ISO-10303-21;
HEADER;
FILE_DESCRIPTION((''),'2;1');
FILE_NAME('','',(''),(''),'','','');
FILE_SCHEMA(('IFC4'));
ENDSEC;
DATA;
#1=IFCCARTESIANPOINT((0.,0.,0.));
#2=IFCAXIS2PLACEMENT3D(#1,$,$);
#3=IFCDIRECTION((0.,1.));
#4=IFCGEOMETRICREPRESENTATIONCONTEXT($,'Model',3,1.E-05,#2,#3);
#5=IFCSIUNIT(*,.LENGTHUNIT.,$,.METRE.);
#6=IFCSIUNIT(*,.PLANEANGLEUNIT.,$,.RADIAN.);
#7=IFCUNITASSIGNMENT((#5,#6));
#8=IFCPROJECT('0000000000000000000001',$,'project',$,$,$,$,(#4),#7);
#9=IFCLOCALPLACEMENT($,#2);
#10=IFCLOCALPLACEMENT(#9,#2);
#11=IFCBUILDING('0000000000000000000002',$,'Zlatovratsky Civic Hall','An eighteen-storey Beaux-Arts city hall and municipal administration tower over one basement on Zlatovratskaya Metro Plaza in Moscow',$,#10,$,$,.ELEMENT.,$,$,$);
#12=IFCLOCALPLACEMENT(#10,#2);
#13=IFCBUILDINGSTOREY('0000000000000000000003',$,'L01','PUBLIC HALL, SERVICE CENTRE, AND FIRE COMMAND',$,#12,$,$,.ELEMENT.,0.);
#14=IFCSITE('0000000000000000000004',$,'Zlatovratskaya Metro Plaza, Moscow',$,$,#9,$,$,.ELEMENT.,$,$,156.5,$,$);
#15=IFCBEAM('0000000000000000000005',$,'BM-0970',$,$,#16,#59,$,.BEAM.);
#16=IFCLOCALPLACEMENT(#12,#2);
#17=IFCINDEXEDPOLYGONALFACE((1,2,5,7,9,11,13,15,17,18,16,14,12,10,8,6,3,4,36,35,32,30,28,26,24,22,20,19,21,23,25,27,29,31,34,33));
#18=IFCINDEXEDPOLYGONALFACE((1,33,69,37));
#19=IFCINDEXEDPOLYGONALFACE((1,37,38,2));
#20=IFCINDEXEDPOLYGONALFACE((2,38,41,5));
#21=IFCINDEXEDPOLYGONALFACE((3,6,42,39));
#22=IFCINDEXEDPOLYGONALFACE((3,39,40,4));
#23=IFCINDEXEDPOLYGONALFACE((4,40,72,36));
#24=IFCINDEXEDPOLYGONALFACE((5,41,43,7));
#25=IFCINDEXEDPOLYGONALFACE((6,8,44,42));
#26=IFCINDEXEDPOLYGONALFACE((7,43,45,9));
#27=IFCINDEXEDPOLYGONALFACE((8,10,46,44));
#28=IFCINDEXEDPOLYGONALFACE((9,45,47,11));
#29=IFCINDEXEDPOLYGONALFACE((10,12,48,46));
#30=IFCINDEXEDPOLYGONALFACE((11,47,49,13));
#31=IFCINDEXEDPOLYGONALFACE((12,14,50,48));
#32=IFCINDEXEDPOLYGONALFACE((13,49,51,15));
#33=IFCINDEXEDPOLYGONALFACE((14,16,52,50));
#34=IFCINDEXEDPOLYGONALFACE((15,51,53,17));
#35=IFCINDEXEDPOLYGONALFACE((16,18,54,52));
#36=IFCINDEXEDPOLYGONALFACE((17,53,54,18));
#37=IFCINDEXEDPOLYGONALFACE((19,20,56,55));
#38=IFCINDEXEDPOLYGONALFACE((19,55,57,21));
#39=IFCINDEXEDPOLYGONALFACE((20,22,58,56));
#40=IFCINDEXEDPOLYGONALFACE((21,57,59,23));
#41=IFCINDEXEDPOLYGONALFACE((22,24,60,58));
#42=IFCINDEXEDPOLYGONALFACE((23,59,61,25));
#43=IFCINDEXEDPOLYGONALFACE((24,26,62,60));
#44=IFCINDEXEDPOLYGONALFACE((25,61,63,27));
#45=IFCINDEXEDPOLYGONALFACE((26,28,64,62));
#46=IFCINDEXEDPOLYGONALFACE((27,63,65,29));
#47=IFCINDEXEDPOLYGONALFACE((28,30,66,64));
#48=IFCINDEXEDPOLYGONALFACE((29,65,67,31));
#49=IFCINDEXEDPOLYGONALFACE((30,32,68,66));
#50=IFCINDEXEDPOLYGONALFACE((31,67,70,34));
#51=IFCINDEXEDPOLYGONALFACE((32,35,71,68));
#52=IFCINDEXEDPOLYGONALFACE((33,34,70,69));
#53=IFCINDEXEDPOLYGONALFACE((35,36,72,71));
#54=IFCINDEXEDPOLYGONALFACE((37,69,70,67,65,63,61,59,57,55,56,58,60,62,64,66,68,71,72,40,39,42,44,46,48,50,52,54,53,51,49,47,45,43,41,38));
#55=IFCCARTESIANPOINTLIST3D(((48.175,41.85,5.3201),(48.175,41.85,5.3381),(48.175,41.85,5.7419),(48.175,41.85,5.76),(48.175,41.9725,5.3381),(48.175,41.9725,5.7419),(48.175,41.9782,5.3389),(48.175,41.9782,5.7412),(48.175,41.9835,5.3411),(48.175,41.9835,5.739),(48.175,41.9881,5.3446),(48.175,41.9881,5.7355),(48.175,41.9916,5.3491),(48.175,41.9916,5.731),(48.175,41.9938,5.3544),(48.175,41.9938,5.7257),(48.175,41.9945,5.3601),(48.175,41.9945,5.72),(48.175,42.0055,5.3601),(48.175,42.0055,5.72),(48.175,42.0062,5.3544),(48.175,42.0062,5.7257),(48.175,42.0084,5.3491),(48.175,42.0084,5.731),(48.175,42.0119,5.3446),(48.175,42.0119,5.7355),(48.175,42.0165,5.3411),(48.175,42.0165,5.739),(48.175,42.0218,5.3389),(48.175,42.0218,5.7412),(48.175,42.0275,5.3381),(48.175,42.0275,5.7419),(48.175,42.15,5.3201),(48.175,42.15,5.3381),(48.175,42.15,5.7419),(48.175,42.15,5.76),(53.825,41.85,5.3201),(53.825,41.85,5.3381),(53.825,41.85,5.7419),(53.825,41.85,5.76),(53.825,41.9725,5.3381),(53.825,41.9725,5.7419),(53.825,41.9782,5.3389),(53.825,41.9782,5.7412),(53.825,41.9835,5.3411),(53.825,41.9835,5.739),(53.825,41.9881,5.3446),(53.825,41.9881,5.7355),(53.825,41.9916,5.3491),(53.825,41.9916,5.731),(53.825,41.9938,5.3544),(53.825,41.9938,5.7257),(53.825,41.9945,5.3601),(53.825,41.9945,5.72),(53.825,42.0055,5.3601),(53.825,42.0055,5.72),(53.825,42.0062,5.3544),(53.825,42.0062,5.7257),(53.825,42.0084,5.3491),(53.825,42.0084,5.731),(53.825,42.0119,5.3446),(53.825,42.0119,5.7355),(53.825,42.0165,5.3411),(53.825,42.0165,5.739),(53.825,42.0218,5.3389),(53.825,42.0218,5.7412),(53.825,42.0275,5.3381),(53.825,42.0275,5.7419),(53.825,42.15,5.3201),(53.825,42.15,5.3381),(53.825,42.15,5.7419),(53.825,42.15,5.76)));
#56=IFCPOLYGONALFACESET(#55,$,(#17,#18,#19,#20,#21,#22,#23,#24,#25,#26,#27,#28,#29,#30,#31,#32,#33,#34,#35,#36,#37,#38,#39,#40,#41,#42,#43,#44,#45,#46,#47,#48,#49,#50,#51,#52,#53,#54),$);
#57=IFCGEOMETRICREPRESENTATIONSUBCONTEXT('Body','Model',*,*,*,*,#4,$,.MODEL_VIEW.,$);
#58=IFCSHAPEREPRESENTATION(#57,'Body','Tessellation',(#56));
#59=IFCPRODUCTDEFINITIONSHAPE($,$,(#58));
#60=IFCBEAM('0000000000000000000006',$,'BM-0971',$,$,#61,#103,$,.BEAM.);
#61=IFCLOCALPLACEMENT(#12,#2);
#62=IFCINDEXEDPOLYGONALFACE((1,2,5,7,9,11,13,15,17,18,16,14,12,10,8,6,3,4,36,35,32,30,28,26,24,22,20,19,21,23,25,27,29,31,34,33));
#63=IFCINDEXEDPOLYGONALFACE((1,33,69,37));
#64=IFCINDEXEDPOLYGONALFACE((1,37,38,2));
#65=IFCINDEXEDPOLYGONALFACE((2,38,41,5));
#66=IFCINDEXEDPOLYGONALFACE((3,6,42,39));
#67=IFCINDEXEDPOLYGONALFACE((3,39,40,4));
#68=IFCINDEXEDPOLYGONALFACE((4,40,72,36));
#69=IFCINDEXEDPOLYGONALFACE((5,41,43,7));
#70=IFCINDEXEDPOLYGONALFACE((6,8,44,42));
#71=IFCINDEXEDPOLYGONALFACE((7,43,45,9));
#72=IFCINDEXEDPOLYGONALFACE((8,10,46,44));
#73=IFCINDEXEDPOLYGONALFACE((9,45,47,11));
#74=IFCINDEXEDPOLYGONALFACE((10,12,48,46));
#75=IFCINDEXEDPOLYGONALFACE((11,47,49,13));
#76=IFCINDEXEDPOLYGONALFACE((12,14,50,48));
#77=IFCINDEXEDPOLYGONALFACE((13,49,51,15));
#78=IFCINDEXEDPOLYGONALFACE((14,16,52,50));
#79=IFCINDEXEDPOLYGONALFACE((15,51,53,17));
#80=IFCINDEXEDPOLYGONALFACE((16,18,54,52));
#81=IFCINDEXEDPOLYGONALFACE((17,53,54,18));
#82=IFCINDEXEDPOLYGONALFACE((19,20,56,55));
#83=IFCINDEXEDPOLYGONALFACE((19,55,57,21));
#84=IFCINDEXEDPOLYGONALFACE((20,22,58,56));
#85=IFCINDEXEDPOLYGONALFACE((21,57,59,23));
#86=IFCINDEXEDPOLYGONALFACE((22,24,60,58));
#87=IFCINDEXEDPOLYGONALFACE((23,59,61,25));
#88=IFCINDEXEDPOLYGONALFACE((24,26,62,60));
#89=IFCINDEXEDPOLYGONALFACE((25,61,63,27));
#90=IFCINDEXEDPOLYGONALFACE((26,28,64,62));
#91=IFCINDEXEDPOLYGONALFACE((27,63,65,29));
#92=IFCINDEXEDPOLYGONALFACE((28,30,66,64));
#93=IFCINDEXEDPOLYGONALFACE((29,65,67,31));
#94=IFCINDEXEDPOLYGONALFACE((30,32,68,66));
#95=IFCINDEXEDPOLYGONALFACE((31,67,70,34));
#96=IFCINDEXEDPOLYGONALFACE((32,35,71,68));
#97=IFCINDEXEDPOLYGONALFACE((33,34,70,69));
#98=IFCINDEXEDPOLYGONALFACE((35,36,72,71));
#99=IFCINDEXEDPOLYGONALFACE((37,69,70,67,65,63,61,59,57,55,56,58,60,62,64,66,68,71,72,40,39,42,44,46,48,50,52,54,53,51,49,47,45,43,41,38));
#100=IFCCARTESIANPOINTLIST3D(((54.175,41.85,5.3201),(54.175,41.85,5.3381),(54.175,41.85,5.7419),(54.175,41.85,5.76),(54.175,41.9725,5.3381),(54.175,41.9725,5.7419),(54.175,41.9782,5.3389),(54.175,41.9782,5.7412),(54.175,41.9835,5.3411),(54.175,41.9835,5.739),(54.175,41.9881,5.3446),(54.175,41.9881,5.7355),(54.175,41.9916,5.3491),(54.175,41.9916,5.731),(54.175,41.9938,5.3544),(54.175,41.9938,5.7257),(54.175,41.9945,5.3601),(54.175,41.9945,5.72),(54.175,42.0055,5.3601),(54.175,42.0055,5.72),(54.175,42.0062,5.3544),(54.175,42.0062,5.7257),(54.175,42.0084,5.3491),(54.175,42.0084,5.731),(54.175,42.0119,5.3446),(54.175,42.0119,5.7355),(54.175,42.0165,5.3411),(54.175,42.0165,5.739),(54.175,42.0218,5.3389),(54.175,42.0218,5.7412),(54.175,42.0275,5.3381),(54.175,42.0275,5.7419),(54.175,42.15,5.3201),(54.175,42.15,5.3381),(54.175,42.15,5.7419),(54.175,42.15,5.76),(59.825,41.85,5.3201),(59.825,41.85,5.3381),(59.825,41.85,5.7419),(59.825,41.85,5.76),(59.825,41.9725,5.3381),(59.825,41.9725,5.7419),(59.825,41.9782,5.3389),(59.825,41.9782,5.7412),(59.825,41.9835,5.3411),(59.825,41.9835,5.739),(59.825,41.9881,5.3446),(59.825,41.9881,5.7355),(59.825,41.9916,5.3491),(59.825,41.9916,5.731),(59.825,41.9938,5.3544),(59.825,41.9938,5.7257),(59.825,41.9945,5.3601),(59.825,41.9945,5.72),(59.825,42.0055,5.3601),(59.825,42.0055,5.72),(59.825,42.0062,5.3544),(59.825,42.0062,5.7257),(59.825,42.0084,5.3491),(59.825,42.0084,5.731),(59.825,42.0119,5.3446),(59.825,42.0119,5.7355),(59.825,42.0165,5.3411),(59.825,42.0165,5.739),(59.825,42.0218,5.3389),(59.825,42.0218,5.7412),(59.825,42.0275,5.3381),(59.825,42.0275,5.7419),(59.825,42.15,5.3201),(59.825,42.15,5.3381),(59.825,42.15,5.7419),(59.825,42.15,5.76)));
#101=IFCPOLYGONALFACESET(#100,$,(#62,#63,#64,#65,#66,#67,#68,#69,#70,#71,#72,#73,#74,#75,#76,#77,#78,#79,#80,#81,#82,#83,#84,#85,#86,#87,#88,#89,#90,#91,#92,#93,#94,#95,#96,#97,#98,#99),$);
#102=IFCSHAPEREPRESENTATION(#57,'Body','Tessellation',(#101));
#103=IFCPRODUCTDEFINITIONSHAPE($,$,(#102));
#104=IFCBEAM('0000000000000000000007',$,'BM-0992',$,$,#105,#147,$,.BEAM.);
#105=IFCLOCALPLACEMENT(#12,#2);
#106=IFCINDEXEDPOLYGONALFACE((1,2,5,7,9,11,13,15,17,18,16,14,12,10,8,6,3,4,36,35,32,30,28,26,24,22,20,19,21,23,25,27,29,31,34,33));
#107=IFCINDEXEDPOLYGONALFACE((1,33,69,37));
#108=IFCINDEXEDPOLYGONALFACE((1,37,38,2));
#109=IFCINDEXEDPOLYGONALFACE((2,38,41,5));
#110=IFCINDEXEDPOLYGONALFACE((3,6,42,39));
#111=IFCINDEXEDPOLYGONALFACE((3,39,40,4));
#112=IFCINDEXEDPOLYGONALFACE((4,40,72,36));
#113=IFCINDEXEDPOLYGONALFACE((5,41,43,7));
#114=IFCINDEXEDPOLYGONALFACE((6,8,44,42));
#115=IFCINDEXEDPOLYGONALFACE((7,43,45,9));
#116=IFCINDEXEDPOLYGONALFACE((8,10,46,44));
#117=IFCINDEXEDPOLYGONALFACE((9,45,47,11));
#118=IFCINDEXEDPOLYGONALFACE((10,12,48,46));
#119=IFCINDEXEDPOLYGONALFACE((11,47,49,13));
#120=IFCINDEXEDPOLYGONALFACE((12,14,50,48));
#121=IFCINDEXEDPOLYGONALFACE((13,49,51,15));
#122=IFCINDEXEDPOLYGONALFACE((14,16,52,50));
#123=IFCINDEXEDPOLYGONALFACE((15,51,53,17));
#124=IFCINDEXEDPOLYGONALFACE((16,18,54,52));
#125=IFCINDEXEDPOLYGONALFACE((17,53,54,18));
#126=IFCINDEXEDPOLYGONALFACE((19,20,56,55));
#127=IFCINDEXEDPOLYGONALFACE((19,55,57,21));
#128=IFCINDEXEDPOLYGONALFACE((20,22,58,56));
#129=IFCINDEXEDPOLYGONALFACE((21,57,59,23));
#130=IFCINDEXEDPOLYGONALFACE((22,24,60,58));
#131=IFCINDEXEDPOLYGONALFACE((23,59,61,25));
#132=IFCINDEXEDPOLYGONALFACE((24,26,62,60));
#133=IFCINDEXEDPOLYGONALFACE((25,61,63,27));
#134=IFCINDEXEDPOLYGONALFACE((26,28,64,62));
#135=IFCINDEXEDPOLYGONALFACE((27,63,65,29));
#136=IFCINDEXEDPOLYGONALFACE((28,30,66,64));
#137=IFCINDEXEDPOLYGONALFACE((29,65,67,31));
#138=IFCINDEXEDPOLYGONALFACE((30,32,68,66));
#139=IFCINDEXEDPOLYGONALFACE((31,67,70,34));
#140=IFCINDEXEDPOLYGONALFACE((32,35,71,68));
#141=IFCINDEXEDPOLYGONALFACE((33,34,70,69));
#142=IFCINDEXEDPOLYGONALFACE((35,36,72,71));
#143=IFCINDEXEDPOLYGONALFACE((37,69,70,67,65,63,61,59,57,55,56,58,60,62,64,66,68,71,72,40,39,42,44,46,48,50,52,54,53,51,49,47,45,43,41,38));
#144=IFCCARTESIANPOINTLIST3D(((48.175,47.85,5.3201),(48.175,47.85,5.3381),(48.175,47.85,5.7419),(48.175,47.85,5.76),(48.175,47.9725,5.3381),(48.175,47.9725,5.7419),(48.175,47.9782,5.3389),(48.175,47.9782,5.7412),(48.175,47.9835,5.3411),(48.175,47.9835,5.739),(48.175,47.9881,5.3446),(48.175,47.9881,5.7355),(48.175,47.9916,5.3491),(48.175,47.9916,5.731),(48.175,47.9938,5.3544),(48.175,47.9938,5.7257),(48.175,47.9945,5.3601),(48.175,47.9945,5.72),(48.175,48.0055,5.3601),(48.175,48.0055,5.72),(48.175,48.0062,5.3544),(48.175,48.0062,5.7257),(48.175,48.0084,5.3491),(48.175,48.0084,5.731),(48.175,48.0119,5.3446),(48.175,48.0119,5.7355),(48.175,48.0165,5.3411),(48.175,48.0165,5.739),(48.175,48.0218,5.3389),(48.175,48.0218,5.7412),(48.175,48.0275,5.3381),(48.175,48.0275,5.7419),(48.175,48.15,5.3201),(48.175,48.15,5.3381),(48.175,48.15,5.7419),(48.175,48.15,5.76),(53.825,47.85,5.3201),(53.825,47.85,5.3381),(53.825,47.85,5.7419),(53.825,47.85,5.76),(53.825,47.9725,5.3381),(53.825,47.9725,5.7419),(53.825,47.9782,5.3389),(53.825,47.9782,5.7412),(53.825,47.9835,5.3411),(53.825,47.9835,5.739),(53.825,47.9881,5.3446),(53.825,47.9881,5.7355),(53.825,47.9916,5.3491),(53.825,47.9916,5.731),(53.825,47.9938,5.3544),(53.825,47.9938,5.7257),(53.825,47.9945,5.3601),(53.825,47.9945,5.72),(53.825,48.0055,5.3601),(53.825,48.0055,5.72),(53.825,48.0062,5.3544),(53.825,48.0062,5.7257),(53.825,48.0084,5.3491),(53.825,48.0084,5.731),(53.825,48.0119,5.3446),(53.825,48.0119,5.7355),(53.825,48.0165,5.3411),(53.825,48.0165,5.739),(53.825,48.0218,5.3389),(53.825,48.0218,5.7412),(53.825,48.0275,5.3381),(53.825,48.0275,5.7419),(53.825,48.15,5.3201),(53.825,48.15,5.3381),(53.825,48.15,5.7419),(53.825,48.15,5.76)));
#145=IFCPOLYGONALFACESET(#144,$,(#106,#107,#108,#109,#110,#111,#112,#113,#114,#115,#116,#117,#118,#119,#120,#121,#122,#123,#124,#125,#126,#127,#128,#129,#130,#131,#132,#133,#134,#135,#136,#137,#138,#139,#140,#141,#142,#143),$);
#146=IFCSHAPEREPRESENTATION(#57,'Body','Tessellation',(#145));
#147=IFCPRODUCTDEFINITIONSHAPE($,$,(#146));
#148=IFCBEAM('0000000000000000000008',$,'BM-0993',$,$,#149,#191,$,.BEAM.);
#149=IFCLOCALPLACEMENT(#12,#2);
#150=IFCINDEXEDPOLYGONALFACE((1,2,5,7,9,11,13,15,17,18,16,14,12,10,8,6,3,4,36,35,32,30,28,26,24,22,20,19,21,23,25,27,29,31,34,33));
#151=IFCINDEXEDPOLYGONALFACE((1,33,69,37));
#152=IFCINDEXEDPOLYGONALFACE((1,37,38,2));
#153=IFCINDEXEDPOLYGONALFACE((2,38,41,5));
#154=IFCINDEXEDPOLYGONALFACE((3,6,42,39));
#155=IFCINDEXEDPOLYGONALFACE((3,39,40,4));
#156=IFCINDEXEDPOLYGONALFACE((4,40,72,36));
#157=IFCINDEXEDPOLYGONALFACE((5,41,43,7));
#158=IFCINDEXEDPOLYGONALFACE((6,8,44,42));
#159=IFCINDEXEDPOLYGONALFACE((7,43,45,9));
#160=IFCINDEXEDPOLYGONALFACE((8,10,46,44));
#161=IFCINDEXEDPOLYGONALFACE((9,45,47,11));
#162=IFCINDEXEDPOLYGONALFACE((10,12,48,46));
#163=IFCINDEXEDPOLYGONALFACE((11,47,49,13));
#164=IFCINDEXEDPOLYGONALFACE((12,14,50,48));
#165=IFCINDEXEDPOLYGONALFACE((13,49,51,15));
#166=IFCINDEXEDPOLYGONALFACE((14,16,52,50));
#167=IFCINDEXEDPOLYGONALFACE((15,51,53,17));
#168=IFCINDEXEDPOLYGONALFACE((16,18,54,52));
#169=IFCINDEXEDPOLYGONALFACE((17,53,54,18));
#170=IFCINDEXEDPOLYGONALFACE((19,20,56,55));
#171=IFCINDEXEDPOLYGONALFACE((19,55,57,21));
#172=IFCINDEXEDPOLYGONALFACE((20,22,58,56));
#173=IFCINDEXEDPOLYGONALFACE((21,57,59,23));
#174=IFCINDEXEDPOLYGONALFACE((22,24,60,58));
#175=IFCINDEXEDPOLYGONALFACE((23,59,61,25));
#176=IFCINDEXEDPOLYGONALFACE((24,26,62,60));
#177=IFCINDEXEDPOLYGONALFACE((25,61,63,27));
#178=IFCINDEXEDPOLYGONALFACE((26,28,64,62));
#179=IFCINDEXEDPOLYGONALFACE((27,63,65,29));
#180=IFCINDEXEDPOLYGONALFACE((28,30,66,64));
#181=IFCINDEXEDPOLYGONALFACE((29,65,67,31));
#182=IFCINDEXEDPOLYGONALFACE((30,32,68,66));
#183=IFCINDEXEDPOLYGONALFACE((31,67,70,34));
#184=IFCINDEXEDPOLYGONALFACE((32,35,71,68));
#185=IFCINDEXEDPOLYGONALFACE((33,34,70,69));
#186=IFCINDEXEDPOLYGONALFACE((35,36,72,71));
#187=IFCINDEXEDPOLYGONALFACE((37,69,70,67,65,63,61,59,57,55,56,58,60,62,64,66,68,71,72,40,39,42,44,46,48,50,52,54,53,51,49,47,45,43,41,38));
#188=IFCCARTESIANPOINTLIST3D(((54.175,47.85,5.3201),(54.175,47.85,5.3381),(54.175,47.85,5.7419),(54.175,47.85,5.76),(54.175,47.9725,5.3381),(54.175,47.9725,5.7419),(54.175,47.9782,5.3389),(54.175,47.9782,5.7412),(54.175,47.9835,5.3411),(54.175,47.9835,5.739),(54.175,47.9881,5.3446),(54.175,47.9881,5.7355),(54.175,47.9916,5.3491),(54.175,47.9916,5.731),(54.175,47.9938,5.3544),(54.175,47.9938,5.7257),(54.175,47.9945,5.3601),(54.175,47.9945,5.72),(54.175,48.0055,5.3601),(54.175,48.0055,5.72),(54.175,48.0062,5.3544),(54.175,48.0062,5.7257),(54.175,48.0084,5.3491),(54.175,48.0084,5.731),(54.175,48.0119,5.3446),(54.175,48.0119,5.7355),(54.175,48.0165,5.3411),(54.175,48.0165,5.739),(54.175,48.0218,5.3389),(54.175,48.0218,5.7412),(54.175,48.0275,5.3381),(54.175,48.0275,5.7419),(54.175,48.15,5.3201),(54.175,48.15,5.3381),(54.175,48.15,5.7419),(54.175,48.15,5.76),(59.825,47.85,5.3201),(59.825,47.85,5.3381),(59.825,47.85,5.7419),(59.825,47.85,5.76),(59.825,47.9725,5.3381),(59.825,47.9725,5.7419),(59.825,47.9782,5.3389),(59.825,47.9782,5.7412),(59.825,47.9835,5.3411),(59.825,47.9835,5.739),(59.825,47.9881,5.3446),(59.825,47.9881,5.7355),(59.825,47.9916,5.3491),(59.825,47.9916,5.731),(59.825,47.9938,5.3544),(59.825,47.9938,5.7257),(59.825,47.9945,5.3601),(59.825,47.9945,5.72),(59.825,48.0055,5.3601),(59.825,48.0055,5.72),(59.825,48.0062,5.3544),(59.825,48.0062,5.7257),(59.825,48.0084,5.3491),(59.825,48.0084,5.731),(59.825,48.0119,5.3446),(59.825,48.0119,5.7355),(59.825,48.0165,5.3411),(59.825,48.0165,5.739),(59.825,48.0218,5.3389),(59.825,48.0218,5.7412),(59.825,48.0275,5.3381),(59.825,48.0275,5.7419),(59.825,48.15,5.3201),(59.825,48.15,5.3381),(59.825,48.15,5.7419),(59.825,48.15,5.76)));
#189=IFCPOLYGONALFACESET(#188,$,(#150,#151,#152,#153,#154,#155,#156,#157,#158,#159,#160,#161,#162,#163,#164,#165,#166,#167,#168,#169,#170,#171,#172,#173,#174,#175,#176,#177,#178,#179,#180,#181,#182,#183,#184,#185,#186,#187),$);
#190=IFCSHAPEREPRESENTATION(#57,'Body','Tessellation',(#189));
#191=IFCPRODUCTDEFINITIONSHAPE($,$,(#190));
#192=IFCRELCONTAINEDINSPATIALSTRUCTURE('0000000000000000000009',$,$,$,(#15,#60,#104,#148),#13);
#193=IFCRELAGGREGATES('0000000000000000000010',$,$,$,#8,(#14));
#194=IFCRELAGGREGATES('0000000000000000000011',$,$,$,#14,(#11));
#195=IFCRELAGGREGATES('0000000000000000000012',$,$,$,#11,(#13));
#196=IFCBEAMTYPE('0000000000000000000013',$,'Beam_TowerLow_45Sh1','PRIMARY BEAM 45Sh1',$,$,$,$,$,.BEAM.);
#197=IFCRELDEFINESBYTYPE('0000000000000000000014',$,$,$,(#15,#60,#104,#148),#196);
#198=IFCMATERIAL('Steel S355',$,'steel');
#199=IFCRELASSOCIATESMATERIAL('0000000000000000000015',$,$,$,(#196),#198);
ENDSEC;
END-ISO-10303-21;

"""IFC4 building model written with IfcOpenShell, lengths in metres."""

from ifc_helpers import new_model, si_unit, direction, frame, origin, origin_2d, place, context, subcontext, project, spatial, i_section, extrude, material, material_profile, profile_set, type_object, element, save


model = new_model("IFC4")

# Units and contexts
model_context = context("Model", 3, precision=1e-05, world=origin(), true_north=direction((0.0, 1.0)))
body_context = subcontext(model_context, "Body", "Model", "MODEL_VIEW")
ifc_project = project(units=[si_unit("LENGTHUNIT", "METRE"), si_unit("PLANEANGLEUNIT", "RADIAN")], contexts=[model_context])

# Site, building, storey
site_placement = place(None, origin())
site = spatial("IfcSite", under=ifc_project, at=site_placement, Name="Zlatovratskaya Metro Plaza, Moscow", CompositionType="ELEMENT", RefElevation=156.5)
building_placement = place(site_placement, origin())
building = spatial("IfcBuilding", under=site, at=building_placement, Name="Zlatovratsky Civic Hall", Description="An eighteen-storey Beaux-Arts city hall and municipal administration tower over one basement on Zlatovratskaya Metro Plaza in Moscow", CompositionType="ELEMENT")
storey_placement = place(building_placement, origin())
storey = spatial("IfcBuildingStorey", under=building, at=storey_placement, Name="L01", Description="PUBLIC HALL, SERVICE CENTRE, AND FIRE COMMAND", CompositionType="ELEMENT", Elevation=0.0)

# Shared definitions
ifc_material_1 = material(Name="Steel S355", Category="steel")

# Beams
ifc_material_profile_1 = material_profile(ifc_material_1, i_section(OverallWidth=0.3, OverallDepth=0.4399, WebThickness=0.011, FlangeThickness=0.0181, FilletRadius=0.022, at=origin_2d()), Name="45Sh1")
ifc_profile_set_1 = profile_set([ifc_material_profile_1], Name="Steel S355")
beam_type_1 = type_object("IfcBeamType", Name="Beam_TowerLow_45Sh1", Description="PRIMARY BEAM 45Sh1", PredefinedType="BEAM", material=ifc_profile_set_1)
for number, where, z_axis, x_axis, name in (
    (1, (48.175, 42.0, 5.54), (1.0, 0.0, 0.0), (0.0, 1.0, 0.0), "BM-0970"),
    (2, (54.175, 42.0, 5.54), (1.0, 0.0, 0.0), (0.0, 1.0, 0.0), "BM-0971"),
    (3, (48.175, 48.0, 5.54), (1.0, 0.0, 0.0), (0.0, 1.0, 0.0), "BM-0992"),
    (4, (54.175, 48.0, 5.54), (1.0, 0.0, 0.0), (0.0, 1.0, 0.0), "BM-0993"),
):
    element("IfcBeam", number, at=place(storey_placement, frame(where, z_axis=z_axis, x_axis=x_axis)), inside=storey, type_object=beam_type_1, Name=name, PredefinedType="BEAM", context=body_context, shape_type="SweptSolid", body=[
        extrude(i_section(OverallWidth=0.3, OverallDepth=0.4399, WebThickness=0.011, FlangeThickness=0.0181, FilletRadius=0.022, at=origin_2d()), origin(), (0.0, 0.0, 1.0), 5.6499),
    ])

save(model, "model.ifc")
